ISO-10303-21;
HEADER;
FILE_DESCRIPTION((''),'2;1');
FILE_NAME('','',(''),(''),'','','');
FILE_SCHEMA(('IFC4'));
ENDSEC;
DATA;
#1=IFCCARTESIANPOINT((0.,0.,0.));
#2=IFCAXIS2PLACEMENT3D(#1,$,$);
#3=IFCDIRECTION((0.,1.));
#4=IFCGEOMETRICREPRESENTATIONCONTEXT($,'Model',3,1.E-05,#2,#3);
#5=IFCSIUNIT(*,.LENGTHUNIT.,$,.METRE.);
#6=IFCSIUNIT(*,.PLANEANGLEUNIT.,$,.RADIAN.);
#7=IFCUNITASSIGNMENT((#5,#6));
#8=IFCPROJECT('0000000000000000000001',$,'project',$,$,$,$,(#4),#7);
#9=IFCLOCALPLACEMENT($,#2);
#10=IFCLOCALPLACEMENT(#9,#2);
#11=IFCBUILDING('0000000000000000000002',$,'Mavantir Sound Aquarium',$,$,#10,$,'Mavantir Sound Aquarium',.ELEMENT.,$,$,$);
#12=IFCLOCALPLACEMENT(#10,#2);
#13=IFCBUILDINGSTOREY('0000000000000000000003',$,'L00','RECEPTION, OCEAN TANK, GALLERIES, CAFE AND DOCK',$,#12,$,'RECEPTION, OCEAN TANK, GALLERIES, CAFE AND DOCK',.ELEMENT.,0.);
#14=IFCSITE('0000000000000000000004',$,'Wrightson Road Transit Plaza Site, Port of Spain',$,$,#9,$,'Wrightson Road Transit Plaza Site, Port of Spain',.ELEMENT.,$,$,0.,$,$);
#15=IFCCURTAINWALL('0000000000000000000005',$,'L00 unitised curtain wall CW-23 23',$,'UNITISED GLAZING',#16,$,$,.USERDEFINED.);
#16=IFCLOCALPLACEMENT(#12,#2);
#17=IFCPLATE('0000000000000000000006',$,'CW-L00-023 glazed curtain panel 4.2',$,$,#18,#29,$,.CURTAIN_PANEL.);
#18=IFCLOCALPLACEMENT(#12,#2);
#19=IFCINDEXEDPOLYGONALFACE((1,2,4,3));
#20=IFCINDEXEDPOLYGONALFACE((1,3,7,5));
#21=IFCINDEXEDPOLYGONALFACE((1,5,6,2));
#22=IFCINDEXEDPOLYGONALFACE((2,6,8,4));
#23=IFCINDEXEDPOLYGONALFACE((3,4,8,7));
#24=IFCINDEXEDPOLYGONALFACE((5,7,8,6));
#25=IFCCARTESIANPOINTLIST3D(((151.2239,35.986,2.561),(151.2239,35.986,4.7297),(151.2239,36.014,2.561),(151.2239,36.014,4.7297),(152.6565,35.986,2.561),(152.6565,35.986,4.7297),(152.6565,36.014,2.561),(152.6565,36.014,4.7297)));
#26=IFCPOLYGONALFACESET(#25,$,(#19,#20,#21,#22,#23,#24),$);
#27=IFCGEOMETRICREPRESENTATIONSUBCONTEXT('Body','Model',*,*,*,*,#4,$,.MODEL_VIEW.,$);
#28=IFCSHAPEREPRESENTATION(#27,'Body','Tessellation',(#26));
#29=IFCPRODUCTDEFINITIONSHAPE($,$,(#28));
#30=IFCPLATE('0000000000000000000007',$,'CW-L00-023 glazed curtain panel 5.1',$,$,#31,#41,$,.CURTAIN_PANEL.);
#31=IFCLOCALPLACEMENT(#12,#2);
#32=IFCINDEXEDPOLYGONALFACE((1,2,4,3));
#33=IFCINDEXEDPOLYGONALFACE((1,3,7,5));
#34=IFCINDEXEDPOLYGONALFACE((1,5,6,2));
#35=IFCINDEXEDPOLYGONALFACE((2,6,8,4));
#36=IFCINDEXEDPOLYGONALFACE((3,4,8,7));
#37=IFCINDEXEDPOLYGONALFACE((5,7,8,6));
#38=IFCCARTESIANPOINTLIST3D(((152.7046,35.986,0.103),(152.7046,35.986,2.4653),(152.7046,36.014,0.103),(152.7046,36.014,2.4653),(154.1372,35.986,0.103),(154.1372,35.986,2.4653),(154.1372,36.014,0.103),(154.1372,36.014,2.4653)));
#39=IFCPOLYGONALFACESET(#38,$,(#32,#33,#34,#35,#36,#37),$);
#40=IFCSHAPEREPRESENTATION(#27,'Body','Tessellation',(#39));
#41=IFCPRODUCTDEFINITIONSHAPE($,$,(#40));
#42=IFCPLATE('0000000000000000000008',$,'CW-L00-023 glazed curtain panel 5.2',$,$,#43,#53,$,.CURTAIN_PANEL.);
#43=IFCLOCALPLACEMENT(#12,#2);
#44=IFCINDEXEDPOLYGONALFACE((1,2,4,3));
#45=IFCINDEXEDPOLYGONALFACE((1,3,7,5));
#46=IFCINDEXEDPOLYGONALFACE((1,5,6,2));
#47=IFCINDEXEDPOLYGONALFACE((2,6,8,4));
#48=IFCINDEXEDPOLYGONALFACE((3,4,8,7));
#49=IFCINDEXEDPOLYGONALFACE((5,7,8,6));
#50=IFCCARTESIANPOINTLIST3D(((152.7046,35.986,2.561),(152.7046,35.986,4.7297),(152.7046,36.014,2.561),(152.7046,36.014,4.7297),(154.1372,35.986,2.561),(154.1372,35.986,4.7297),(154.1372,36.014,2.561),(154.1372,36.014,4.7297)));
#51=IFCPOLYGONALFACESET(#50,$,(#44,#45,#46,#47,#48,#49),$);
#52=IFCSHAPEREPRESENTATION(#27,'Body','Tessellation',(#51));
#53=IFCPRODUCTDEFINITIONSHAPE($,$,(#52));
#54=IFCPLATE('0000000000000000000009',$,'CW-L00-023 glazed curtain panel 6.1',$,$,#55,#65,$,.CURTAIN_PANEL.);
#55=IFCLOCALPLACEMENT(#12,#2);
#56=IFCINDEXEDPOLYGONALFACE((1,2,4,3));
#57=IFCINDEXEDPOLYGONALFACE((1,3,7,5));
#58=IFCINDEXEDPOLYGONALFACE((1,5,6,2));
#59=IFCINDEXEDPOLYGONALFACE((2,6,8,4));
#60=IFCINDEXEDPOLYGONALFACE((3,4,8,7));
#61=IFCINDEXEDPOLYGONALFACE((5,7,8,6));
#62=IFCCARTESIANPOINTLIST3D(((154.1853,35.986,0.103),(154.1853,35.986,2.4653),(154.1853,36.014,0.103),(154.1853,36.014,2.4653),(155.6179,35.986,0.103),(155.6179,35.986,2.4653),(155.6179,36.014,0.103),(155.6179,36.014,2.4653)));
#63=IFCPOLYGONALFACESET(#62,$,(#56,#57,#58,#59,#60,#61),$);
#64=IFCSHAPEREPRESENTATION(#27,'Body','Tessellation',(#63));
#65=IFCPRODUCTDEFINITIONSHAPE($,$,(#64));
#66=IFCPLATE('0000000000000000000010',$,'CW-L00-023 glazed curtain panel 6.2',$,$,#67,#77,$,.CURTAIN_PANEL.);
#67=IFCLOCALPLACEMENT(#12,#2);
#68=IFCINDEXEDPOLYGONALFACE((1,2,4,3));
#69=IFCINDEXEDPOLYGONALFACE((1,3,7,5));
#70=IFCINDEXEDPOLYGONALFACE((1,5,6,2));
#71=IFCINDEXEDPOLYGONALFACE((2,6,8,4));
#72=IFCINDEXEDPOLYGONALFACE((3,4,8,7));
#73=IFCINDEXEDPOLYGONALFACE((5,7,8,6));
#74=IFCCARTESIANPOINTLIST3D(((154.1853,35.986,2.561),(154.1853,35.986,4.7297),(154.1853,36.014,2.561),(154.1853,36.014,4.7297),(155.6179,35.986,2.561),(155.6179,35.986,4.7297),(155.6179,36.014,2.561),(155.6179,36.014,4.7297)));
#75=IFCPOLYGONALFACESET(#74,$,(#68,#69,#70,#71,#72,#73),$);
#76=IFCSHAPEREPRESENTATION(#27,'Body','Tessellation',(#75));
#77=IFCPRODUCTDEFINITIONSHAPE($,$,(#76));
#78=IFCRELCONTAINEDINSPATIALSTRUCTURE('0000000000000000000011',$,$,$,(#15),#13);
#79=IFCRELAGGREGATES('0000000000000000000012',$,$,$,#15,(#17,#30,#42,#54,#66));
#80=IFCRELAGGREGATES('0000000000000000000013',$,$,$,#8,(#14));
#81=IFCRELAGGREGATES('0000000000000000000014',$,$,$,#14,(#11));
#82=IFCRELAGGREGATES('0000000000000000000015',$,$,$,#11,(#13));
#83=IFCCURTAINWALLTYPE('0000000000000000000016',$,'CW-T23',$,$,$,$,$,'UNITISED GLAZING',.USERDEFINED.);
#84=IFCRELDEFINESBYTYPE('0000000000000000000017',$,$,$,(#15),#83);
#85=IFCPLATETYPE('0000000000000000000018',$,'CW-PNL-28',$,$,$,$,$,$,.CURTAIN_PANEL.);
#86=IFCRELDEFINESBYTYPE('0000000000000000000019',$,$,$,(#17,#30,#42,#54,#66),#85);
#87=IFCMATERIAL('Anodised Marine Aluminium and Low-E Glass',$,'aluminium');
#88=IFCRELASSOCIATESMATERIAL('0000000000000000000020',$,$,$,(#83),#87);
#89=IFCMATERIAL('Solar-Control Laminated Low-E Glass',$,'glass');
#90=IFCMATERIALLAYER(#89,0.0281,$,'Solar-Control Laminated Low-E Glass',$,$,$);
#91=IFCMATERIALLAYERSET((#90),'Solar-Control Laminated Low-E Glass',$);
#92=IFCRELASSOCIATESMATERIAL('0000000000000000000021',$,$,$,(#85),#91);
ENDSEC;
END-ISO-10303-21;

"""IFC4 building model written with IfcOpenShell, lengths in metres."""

from ifc_helpers import new_model, si_unit, direction, frame, origin, origin_2d, place, context, subcontext, project, spatial, rectangle, extrude, material, layer, layer_set, type_object, element, aggregate, save


model = new_model("IFC4")

# Units and contexts
model_context = context("Model", 3, precision=1e-05, world=origin(), true_north=direction((0.0, 1.0)))
body_context = subcontext(model_context, "Body", "Model", "MODEL_VIEW")
ifc_project = project(units=[si_unit("LENGTHUNIT", "METRE"), si_unit("PLANEANGLEUNIT", "RADIAN")], contexts=[model_context])

# Site, building, storey
site_placement = place(None, origin())
site = spatial("IfcSite", under=ifc_project, at=site_placement, Name="Wrightson Road Transit Plaza Site, Port of Spain", LongName="Wrightson Road Transit Plaza Site, Port of Spain", CompositionType="ELEMENT", RefElevation=0.0)
building_placement = place(site_placement, origin())
building = spatial("IfcBuilding", under=site, at=building_placement, Name="Mavantir Sound Aquarium", LongName="Mavantir Sound Aquarium", CompositionType="ELEMENT")
storey_placement = place(building_placement, origin())
storey = spatial("IfcBuildingStorey", under=building, at=storey_placement, Name="L00", Description="RECEPTION, OCEAN TANK, GALLERIES, CAFE AND DOCK", LongName="RECEPTION, OCEAN TANK, GALLERIES, CAFE AND DOCK", CompositionType="ELEMENT", Elevation=0.0)

# Curtain wall
ifc_material_1 = material(Name="Anodised Marine Aluminium and Low-E Glass", Category="aluminium")
curtain_wall_type_1 = type_object("IfcCurtainWallType", Name="CW-T23", ElementType="UNITISED GLAZING", PredefinedType="USERDEFINED", material=ifc_material_1)
curtain_wall_1_placement = place(storey_placement, origin())
curtain_wall_1 = element("IfcCurtainWall", 1, at=curtain_wall_1_placement, inside=storey, type_object=curtain_wall_type_1, Name="L00 unitised curtain wall CW-23 23", ObjectType="UNITISED GLAZING", PredefinedType="USERDEFINED")

# Plates
ifc_material_2 = material(Name="Solar-Control Laminated Low-E Glass", Category="glass")
ifc_layer = layer(ifc_material_2, 0.0281, Name="Solar-Control Laminated Low-E Glass")
ifc_layer_set = layer_set([ifc_layer], Name="Solar-Control Laminated Low-E Glass")
plate_type = type_object("IfcPlateType", Name="CW-PNL-28", PredefinedType="CURTAIN_PANEL", material=ifc_layer_set)
plate_1_placement = place(storey_placement, frame((151.9402, 36.0, 2.561), z_axis=(0.0, 0.0, 1.0), x_axis=(1.0, 0.0, 0.0)))
plate_1 = element("IfcPlate", 2, at=plate_1_placement, type_object=plate_type, Name="CW-L00-023 glazed curtain panel 4.2", PredefinedType="CURTAIN_PANEL", context=body_context, shape_type="SweptSolid", body=[
    extrude(rectangle(XDim=1.4326, YDim=0.0281, at=origin_2d()), origin(), (0.0, 0.0, 1.0), 2.1687),
])
plate_2_placement = place(storey_placement, frame((153.4209, 36.0, 0.103), z_axis=(0.0, 0.0, 1.0), x_axis=(1.0, 0.0, 0.0)))
plate_2 = element("IfcPlate", 3, at=plate_2_placement, type_object=plate_type, Name="CW-L00-023 glazed curtain panel 5.1", PredefinedType="CURTAIN_PANEL", context=body_context, shape_type="SweptSolid", body=[
    extrude(rectangle(XDim=1.4326, YDim=0.0281, at=origin_2d()), origin(), (0.0, 0.0, 1.0), 2.3623),
])
plate_3_placement = place(storey_placement, frame((153.4209, 36.0, 2.561), z_axis=(0.0, 0.0, 1.0), x_axis=(1.0, 0.0, 0.0)))
plate_3 = element("IfcPlate", 4, at=plate_3_placement, type_object=plate_type, Name="CW-L00-023 glazed curtain panel 5.2", PredefinedType="CURTAIN_PANEL", context=body_context, shape_type="SweptSolid", body=[
    extrude(rectangle(XDim=1.4326, YDim=0.0281, at=origin_2d()), origin(), (0.0, 0.0, 1.0), 2.1687),
])
plate_4_placement = place(storey_placement, frame((154.9016, 36.0, 0.103), z_axis=(0.0, 0.0, 1.0), x_axis=(1.0, 0.0, 0.0)))
plate_4 = element("IfcPlate", 5, at=plate_4_placement, type_object=plate_type, Name="CW-L00-023 glazed curtain panel 6.1", PredefinedType="CURTAIN_PANEL", context=body_context, shape_type="SweptSolid", body=[
    extrude(rectangle(XDim=1.4326, YDim=0.0281, at=origin_2d()), origin(), (0.0, 0.0, 1.0), 2.3623),
])
plate_5_placement = place(storey_placement, frame((154.9016, 36.0, 2.561), z_axis=(0.0, 0.0, 1.0), x_axis=(1.0, 0.0, 0.0)))
plate_5 = element("IfcPlate", 6, at=plate_5_placement, type_object=plate_type, Name="CW-L00-023 glazed curtain panel 6.2", PredefinedType="CURTAIN_PANEL", context=body_context, shape_type="SweptSolid", body=[
    extrude(rectangle(XDim=1.4326, YDim=0.0281, at=origin_2d()), origin(), (0.0, 0.0, 1.0), 2.1687),
])
aggregate(curtain_wall_1, [plate_1, plate_2, plate_3, plate_4, plate_5])

save(model, "model.ifc")
